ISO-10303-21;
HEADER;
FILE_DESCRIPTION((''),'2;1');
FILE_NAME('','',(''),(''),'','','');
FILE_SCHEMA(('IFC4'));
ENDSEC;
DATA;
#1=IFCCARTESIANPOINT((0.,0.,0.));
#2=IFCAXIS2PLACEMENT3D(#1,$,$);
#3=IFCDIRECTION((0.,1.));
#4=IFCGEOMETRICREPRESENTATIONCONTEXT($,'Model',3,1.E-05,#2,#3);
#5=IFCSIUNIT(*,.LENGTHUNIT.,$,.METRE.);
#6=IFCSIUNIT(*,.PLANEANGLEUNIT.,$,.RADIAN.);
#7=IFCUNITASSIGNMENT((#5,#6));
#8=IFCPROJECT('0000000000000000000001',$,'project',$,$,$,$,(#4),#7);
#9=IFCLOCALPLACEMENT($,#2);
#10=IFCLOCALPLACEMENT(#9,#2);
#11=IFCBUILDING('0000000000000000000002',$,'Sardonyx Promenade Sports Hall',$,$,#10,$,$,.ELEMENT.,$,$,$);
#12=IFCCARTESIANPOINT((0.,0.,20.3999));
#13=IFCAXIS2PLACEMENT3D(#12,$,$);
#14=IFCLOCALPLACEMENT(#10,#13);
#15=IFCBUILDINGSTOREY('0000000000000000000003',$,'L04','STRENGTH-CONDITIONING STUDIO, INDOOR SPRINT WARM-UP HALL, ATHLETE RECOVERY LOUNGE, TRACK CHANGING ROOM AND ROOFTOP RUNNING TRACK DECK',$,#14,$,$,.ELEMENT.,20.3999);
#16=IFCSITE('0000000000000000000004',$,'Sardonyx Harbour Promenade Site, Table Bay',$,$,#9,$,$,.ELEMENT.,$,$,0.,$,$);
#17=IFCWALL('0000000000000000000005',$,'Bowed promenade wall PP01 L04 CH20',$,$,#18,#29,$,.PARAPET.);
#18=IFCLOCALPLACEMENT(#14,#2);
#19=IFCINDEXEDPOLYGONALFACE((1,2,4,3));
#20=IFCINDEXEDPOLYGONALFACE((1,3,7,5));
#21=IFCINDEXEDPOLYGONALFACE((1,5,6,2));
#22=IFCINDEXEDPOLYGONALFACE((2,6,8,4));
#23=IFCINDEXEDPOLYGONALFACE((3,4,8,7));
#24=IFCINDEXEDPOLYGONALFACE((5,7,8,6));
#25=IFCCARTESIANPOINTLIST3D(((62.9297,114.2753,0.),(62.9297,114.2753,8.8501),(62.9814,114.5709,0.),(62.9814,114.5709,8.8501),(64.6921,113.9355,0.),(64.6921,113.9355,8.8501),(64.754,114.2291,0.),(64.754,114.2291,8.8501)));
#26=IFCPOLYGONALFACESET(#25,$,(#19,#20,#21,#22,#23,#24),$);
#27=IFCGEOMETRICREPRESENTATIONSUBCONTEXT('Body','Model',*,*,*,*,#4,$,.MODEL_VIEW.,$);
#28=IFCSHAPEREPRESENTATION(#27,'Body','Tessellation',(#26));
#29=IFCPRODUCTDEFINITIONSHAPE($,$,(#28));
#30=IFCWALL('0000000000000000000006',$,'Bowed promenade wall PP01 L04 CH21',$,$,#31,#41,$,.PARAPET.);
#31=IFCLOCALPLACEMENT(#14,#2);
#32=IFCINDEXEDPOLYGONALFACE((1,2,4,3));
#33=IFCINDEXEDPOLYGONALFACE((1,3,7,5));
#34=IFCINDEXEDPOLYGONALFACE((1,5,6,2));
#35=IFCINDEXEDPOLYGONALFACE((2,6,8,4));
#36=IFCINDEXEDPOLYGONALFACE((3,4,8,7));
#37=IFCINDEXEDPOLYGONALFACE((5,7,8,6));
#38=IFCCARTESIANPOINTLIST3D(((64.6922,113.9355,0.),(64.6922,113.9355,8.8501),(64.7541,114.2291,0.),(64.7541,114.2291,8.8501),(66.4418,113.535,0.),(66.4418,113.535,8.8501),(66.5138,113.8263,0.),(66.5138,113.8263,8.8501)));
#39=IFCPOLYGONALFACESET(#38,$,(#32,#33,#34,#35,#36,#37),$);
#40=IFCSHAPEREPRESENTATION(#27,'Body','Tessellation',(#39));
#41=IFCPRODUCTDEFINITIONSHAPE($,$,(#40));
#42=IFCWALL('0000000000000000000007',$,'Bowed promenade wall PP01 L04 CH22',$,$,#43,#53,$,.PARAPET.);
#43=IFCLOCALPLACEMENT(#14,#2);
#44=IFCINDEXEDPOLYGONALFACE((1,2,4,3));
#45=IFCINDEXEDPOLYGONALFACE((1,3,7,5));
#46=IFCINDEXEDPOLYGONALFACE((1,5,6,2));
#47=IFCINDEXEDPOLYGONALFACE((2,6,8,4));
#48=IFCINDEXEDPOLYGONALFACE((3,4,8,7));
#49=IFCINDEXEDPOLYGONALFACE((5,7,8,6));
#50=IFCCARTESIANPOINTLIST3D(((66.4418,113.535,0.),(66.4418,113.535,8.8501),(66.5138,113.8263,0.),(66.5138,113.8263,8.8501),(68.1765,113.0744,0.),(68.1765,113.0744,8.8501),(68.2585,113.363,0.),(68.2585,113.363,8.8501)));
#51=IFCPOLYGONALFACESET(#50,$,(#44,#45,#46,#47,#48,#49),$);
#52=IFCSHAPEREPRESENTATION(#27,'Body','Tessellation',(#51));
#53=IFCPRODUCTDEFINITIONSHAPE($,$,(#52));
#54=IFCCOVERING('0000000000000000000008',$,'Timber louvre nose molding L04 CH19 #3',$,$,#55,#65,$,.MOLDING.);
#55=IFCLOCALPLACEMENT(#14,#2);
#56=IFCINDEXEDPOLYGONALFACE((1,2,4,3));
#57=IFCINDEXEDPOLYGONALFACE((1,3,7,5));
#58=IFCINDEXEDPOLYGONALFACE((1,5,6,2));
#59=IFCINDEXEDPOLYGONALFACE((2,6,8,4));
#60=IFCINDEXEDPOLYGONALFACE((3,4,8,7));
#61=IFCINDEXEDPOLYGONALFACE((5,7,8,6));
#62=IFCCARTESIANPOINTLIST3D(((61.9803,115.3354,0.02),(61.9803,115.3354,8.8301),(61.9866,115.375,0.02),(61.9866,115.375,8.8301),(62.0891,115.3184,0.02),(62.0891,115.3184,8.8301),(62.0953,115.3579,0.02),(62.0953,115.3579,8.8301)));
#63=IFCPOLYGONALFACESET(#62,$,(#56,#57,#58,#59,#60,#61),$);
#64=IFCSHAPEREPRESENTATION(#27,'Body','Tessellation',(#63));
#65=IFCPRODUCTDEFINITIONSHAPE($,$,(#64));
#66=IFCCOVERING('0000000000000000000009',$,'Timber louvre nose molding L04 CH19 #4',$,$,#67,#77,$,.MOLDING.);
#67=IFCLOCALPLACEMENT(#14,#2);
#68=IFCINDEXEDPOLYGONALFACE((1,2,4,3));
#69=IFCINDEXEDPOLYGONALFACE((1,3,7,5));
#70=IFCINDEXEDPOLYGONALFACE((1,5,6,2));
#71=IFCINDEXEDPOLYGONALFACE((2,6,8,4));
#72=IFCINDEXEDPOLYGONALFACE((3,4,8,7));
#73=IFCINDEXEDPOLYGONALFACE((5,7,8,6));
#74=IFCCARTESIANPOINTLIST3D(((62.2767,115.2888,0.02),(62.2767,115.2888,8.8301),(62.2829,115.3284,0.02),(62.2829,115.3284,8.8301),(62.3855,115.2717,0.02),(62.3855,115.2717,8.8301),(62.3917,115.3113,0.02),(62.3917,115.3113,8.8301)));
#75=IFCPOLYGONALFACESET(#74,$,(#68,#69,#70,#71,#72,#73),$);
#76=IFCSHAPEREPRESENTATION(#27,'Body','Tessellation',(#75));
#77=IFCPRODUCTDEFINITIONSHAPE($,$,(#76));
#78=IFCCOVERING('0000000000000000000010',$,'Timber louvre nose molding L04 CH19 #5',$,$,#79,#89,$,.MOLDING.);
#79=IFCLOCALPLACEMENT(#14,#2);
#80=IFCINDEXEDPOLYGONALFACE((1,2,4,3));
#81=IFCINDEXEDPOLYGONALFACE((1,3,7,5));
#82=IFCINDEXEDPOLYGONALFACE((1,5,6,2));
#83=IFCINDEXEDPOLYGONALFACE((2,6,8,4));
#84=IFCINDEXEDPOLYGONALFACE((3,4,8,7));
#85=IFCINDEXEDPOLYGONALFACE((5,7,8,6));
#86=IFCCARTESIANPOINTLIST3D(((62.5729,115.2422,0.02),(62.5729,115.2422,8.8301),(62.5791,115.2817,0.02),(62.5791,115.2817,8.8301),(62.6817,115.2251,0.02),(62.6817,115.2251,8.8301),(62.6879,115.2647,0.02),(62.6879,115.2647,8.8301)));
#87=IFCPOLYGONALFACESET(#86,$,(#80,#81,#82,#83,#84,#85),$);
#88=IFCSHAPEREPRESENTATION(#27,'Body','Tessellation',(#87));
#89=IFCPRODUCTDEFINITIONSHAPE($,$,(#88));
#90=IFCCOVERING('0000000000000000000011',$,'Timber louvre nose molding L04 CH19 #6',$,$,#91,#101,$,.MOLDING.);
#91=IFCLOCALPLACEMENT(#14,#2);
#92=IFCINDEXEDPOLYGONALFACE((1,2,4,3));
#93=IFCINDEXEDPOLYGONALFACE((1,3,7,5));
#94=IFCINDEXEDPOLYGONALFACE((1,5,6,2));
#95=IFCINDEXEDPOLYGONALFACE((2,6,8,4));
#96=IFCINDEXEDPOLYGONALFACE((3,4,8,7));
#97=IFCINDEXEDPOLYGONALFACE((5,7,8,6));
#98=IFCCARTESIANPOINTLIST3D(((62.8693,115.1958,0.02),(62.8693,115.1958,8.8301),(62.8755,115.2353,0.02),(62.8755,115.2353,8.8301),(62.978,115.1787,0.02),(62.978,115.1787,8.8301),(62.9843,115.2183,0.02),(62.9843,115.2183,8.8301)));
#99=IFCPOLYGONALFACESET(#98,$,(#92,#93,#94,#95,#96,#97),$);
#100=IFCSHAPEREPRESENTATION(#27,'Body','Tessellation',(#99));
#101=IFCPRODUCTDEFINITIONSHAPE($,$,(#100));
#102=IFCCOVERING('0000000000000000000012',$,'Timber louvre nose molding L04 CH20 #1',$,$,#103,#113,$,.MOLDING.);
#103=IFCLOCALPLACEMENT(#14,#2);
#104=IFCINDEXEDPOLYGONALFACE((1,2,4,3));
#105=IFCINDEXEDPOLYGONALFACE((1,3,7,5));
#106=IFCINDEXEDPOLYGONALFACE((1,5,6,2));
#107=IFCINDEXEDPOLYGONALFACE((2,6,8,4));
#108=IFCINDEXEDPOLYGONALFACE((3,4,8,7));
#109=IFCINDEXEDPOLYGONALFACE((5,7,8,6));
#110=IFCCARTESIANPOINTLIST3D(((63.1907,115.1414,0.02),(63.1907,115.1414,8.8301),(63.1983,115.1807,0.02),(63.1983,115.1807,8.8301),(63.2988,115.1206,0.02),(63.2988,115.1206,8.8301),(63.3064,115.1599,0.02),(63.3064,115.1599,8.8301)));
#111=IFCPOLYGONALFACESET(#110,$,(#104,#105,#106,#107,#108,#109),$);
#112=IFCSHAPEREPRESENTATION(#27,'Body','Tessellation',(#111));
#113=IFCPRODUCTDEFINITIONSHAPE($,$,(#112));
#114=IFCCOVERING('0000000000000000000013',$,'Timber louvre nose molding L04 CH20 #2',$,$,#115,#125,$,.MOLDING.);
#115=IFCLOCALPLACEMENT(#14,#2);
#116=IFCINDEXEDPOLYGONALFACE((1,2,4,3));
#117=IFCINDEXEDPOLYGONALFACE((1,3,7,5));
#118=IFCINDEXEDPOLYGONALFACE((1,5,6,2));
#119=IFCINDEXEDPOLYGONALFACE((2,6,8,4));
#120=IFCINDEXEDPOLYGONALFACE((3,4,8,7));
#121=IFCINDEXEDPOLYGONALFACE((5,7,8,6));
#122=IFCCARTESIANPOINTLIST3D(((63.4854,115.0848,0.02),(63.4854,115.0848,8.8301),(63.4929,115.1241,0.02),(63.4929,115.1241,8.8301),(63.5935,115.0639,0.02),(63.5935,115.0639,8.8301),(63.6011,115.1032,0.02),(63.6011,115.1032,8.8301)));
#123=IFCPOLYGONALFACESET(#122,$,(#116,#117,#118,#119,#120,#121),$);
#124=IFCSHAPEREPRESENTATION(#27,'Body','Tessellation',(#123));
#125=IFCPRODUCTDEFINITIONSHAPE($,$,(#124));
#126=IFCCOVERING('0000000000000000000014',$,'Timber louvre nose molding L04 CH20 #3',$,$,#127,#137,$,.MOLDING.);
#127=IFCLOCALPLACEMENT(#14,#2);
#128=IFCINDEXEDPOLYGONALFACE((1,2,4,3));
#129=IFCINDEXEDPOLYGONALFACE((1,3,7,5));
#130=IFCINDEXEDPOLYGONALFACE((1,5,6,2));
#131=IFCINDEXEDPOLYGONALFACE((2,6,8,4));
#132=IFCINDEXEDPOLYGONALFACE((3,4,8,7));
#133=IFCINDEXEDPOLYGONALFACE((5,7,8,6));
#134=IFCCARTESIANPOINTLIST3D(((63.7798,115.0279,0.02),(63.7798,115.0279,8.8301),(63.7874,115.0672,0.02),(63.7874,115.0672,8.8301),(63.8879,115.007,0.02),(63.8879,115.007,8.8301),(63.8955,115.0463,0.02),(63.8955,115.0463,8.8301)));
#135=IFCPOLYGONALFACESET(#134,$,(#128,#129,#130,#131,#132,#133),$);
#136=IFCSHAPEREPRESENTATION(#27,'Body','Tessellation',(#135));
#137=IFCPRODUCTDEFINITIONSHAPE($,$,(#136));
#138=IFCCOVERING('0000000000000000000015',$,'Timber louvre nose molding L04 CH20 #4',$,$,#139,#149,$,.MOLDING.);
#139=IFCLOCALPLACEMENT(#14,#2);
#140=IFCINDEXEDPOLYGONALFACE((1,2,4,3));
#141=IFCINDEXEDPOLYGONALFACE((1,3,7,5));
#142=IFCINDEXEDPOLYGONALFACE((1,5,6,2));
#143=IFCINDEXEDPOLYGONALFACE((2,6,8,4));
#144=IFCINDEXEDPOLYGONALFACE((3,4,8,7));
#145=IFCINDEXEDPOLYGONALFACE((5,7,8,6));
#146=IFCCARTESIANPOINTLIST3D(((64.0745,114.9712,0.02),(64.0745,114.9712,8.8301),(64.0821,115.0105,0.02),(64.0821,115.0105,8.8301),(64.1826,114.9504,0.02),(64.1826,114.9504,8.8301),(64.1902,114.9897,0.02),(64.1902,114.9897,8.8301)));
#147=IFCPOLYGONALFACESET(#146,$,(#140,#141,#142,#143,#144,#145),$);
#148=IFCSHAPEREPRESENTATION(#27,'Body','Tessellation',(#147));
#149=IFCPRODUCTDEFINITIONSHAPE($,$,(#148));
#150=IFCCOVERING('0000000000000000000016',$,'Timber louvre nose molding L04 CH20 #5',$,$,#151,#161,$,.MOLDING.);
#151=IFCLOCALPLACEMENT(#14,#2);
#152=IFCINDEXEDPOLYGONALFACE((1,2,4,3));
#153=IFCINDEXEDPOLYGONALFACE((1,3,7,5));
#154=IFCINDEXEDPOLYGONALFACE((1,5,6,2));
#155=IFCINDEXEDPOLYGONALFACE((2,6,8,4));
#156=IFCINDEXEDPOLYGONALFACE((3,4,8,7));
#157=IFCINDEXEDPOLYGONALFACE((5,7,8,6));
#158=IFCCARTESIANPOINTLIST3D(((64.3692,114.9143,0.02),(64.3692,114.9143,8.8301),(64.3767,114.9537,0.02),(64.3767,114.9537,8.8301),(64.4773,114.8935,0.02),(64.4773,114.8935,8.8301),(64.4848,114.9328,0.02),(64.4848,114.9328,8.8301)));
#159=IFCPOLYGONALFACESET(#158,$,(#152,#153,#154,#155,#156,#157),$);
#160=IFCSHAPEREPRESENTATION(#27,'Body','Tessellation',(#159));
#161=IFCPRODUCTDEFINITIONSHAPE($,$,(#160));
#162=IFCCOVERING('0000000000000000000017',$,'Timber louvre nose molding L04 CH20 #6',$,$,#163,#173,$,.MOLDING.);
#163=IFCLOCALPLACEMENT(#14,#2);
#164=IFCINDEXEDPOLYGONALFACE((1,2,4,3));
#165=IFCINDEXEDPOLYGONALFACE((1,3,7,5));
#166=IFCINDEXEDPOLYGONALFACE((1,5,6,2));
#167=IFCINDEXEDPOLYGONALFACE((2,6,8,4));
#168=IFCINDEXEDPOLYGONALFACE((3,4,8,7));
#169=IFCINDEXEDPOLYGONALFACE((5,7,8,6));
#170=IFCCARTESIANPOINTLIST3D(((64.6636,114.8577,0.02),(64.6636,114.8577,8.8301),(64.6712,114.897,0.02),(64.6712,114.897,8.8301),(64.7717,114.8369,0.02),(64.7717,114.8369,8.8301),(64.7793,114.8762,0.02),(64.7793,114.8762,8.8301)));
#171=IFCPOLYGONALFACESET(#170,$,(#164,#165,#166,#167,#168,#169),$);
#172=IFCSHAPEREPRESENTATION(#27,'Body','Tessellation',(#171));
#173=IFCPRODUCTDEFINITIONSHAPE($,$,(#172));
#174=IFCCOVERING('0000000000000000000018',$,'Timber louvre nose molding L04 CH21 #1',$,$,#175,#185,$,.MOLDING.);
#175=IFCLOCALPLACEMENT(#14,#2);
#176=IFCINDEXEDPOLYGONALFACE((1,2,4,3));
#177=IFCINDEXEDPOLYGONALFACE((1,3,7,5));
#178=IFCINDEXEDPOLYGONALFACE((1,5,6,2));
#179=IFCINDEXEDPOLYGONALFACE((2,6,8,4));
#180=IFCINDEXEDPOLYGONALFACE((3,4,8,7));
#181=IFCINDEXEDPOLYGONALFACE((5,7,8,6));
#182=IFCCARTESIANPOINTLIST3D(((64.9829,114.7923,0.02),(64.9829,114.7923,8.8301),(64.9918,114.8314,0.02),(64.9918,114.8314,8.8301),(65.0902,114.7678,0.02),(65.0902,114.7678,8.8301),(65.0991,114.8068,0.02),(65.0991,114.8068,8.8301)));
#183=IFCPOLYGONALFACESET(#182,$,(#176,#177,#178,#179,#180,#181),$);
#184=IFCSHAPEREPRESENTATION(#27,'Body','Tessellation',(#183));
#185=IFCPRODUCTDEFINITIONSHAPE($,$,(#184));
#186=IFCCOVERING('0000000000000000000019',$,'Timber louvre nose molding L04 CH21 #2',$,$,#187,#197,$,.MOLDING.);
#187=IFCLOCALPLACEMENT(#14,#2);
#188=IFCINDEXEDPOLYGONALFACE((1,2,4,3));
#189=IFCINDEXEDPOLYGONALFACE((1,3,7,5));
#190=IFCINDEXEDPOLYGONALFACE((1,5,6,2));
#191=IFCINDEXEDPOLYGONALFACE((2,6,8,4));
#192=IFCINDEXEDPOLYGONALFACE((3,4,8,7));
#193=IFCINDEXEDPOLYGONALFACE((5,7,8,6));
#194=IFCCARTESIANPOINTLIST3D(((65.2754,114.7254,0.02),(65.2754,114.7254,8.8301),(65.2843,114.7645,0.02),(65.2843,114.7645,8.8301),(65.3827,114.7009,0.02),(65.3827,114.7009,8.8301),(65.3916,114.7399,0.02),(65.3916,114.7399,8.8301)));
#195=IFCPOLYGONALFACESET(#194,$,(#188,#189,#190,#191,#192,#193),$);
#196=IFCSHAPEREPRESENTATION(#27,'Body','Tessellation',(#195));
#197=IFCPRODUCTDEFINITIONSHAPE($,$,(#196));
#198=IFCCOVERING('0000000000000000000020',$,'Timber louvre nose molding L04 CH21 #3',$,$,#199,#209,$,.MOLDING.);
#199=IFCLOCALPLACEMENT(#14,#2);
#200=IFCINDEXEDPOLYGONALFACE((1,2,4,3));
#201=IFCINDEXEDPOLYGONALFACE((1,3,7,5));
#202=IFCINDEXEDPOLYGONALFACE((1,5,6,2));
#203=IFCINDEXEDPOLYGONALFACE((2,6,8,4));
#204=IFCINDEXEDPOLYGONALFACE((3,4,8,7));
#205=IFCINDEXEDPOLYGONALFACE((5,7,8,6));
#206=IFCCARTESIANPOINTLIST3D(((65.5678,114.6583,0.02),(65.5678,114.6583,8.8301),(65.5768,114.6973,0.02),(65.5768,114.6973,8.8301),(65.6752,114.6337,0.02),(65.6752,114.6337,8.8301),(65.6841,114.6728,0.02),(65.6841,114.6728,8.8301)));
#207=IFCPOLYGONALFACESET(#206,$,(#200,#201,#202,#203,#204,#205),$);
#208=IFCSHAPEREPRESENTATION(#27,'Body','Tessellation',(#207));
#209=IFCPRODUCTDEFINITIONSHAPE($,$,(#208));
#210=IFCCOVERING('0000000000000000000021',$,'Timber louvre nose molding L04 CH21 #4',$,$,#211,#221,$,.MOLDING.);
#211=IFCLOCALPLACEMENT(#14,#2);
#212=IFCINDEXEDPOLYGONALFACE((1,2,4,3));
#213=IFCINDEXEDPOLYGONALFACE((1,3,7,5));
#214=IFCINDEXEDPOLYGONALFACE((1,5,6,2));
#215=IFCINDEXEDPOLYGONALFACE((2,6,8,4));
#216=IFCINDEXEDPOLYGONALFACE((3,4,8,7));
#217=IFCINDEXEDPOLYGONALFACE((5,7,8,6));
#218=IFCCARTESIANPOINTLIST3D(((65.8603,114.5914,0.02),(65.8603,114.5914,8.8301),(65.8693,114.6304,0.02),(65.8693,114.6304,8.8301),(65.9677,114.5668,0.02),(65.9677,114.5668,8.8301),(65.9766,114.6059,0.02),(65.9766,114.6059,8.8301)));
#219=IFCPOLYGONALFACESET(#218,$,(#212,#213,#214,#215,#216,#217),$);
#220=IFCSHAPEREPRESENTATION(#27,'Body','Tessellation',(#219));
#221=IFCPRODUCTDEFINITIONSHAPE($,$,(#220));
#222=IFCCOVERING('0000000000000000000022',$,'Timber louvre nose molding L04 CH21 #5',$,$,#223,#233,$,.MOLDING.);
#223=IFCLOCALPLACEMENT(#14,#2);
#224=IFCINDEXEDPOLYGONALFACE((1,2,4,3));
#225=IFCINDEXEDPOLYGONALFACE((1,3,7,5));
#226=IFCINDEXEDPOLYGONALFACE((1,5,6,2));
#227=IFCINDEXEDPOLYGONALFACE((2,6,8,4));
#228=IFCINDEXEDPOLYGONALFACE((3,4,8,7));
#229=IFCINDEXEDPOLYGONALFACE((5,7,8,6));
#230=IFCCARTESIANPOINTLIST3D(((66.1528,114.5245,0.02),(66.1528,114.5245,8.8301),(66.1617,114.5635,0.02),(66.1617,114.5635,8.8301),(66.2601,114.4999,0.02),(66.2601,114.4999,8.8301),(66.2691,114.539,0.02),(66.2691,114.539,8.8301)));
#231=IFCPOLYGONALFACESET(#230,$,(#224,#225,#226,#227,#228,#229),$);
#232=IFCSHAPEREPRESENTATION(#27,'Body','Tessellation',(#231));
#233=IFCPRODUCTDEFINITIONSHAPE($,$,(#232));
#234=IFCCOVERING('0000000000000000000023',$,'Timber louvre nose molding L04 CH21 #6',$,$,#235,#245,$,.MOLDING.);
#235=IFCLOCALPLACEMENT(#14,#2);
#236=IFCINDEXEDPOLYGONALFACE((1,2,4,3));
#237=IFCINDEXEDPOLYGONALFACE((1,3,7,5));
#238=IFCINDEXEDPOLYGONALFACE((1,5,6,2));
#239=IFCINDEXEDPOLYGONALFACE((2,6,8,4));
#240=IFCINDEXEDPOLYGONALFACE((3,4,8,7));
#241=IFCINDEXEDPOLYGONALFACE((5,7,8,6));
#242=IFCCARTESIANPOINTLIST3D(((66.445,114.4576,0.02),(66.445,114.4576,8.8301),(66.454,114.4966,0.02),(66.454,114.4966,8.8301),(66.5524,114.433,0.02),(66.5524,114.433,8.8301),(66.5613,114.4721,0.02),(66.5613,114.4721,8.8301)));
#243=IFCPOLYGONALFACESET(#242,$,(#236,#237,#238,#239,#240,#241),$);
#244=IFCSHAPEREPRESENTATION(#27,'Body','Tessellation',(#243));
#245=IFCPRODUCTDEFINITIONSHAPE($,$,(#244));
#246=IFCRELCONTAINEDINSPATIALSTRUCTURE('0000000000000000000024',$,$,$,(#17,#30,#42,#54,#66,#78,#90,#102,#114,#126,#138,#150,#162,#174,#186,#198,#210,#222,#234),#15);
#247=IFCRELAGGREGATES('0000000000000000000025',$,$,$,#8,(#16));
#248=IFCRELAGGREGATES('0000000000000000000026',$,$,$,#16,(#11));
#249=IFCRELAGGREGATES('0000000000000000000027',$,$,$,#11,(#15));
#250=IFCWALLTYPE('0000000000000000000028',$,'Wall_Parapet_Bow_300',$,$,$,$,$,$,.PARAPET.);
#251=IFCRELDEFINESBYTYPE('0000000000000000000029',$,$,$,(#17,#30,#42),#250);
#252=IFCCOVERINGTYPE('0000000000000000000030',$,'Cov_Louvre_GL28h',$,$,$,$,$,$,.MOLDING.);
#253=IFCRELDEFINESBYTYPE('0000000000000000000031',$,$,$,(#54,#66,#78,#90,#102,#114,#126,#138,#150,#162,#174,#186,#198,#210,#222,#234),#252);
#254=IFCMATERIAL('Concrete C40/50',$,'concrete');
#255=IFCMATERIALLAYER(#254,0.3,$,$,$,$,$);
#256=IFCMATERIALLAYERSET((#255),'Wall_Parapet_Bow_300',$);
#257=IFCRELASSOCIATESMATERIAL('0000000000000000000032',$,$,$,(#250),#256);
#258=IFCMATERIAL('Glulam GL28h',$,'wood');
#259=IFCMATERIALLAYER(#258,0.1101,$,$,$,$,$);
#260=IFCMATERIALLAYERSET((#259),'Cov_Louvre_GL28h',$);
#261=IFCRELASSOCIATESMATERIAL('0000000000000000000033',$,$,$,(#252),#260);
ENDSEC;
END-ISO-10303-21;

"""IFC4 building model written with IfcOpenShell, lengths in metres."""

from ifc_helpers import new_model, si_unit, direction, frame, origin, origin_2d, place, context, subcontext, project, spatial, polyline, rectangle, outline, extrude, material, layer, layer_set, type_object, element, save


model = new_model("IFC4")

# Units and contexts
model_context = context("Model", 3, precision=1e-05, world=origin(), true_north=direction((0.0, 1.0)))
body_context = subcontext(model_context, "Body", "Model", "MODEL_VIEW")
ifc_project = project(units=[si_unit("LENGTHUNIT", "METRE"), si_unit("PLANEANGLEUNIT", "RADIAN")], contexts=[model_context])

# Site, building, storey
site_placement = place(None, origin())
site = spatial("IfcSite", under=ifc_project, at=site_placement, Name="Sardonyx Harbour Promenade Site, Table Bay", CompositionType="ELEMENT", RefElevation=0.0)
building_placement = place(site_placement, origin())
building = spatial("IfcBuilding", under=site, at=building_placement, Name="Sardonyx Promenade Sports Hall", CompositionType="ELEMENT")
storey_placement = place(building_placement, frame((0.0, 0.0, 20.3999)))
storey = spatial("IfcBuildingStorey", under=building, at=storey_placement, Name="L04", Description="STRENGTH-CONDITIONING STUDIO, INDOOR SPRINT WARM-UP HALL, ATHLETE RECOVERY LOUNGE, TRACK CHANGING ROOM AND ROOFTOP RUNNING TRACK DECK", CompositionType="ELEMENT", Elevation=20.3999)

# Walls
ifc_material_1 = material(Name="Concrete C40/50", Category="concrete")
ifc_layer_1 = layer(ifc_material_1, 0.3)
ifc_layer_set_1 = layer_set([ifc_layer_1], Name="Wall_Parapet_Bow_300")
wall_type = type_object("IfcWallType", Name="Wall_Parapet_Bow_300", PredefinedType="PARAPET", material=ifc_layer_set_1)
wall_placement = place(storey_placement, frame((62.9556, 114.4231, 0.0), z_axis=(0.0, 0.0, 1.0), x_axis=(0.981913, -0.18933, 0.0)))
element("IfcWall", 1, at=wall_placement, inside=storey, type_object=wall_type, Name="Bowed promenade wall PP01 L04 CH20", PredefinedType="PARAPET", context=body_context, shape_type="SweptSolid", body=[
    extrude(outline(polyline([(0.0026, -0.15), (1.7974, -0.15), (1.8026, 0.15), (-0.0026, 0.15), (0.0026, -0.15)])), origin(), (0.0, 0.0, 1.0), 8.8501),
])
for number, where, z_axis, x_axis, name in (
    (2, (64.7231, 114.0823, 0.0), (0.0, 0.0, 1.0), (0.974792, -0.223116, 0.0), "Bowed promenade wall PP01 L04 CH21"),
    (3, (66.4778, 113.6807, 0.0), (0.0, 0.0, 1.0), (0.966505, -0.256649, 0.0), "Bowed promenade wall PP01 L04 CH22"),
):
    element("IfcWall", number, at=place(storey_placement, frame(where, z_axis=z_axis, x_axis=x_axis)), inside=storey, type_object=wall_type, Name=name, PredefinedType="PARAPET", context=body_context, shape_type="SweptSolid", body=[
        extrude(outline(polyline([(0.0026, -0.15), (1.7974, -0.15), (1.8026, 0.15), (-0.0026, 0.15), (0.0026, -0.15)])), origin(), (0.0, 0.0, 1.0), 8.8501),
    ])

# Coverings
ifc_material_2 = material(Name="Glulam GL28h", Category="wood")
ifc_layer_2 = layer(ifc_material_2, 0.1101)
ifc_layer_set_2 = layer_set([ifc_layer_2], Name="Cov_Louvre_GL28h")
covering_type = type_object("IfcCoveringType", Name="Cov_Louvre_GL28h", PredefinedType="MOLDING", material=ifc_layer_set_2)
for number, where, z_axis, x_axis, name in (
    (4, (62.0378, 115.3467, 0.02), (0.0, 0.0, 1.0), (0.987891, -0.155148, 0.0), "Timber louvre nose molding L04 CH19 #3"),
    (5, (62.3342, 115.3, 0.02), (0.0, 0.0, 1.0), (0.987891, -0.155148, 0.0), "Timber louvre nose molding L04 CH19 #4"),
    (6, (62.6304, 115.2534, 0.02), (0.0, 0.0, 1.0), (0.987891, -0.155148, 0.0), "Timber louvre nose molding L04 CH19 #5"),
    (7, (62.9268, 115.207, 0.02), (0.0, 0.0, 1.0), (0.987891, -0.155148, 0.0), "Timber louvre nose molding L04 CH19 #6"),
    (8, (63.2485, 115.1506, 0.02), (0.0, 0.0, 1.0), (0.98193, -0.189246, 0.0), "Timber louvre nose molding L04 CH20 #1"),
    (9, (63.5432, 115.094, 0.02), (0.0, 0.0, 1.0), (0.98193, -0.189246, 0.0), "Timber louvre nose molding L04 CH20 #2"),
    (10, (63.8376, 115.0371, 0.02), (0.0, 0.0, 1.0), (0.98193, -0.189246, 0.0), "Timber louvre nose molding L04 CH20 #3"),
    (11, (64.1323, 114.9805, 0.02), (0.0, 0.0, 1.0), (0.98193, -0.189246, 0.0), "Timber louvre nose molding L04 CH20 #4"),
    (12, (64.427, 114.9236, 0.02), (0.0, 0.0, 1.0), (0.98193, -0.189246, 0.0), "Timber louvre nose molding L04 CH20 #5"),
    (13, (64.7214, 114.8669, 0.02), (0.0, 0.0, 1.0), (0.98193, -0.189246, 0.0), "Timber louvre nose molding L04 CH20 #6"),
    (14, (65.041, 114.7996, 0.02), (0.0, 0.0, 1.0), (0.974792, -0.223117, 0.0), "Timber louvre nose molding L04 CH21 #1"),
    (15, (65.3335, 114.7327, 0.02), (0.0, 0.0, 1.0), (0.974792, -0.223117, 0.0), "Timber louvre nose molding L04 CH21 #2"),
    (16, (65.626, 114.6655, 0.02), (0.0, 0.0, 1.0), (0.974792, -0.223117, 0.0), "Timber louvre nose molding L04 CH21 #3"),
    (17, (65.9185, 114.5986, 0.02), (0.0, 0.0, 1.0), (0.974792, -0.223117, 0.0), "Timber louvre nose molding L04 CH21 #4"),
    (18, (66.2109, 114.5317, 0.02), (0.0, 0.0, 1.0), (0.974792, -0.223117, 0.0), "Timber louvre nose molding L04 CH21 #5"),
    (19, (66.5032, 114.4648, 0.02), (0.0, 0.0, 1.0), (0.974792, -0.223117, 0.0), "Timber louvre nose molding L04 CH21 #6"),
):
    element("IfcCovering", number, at=place(storey_placement, frame(where, z_axis=z_axis, x_axis=x_axis)), inside=storey, type_object=covering_type, Name=name, PredefinedType="MOLDING", context=body_context, shape_type="SweptSolid", body=[
        extrude(rectangle(XDim=0.1101, YDim=0.04, at=origin_2d()), origin(), (0.0, 0.0, 1.0), 8.8101),
    ])

save(model, "model.ifc")
